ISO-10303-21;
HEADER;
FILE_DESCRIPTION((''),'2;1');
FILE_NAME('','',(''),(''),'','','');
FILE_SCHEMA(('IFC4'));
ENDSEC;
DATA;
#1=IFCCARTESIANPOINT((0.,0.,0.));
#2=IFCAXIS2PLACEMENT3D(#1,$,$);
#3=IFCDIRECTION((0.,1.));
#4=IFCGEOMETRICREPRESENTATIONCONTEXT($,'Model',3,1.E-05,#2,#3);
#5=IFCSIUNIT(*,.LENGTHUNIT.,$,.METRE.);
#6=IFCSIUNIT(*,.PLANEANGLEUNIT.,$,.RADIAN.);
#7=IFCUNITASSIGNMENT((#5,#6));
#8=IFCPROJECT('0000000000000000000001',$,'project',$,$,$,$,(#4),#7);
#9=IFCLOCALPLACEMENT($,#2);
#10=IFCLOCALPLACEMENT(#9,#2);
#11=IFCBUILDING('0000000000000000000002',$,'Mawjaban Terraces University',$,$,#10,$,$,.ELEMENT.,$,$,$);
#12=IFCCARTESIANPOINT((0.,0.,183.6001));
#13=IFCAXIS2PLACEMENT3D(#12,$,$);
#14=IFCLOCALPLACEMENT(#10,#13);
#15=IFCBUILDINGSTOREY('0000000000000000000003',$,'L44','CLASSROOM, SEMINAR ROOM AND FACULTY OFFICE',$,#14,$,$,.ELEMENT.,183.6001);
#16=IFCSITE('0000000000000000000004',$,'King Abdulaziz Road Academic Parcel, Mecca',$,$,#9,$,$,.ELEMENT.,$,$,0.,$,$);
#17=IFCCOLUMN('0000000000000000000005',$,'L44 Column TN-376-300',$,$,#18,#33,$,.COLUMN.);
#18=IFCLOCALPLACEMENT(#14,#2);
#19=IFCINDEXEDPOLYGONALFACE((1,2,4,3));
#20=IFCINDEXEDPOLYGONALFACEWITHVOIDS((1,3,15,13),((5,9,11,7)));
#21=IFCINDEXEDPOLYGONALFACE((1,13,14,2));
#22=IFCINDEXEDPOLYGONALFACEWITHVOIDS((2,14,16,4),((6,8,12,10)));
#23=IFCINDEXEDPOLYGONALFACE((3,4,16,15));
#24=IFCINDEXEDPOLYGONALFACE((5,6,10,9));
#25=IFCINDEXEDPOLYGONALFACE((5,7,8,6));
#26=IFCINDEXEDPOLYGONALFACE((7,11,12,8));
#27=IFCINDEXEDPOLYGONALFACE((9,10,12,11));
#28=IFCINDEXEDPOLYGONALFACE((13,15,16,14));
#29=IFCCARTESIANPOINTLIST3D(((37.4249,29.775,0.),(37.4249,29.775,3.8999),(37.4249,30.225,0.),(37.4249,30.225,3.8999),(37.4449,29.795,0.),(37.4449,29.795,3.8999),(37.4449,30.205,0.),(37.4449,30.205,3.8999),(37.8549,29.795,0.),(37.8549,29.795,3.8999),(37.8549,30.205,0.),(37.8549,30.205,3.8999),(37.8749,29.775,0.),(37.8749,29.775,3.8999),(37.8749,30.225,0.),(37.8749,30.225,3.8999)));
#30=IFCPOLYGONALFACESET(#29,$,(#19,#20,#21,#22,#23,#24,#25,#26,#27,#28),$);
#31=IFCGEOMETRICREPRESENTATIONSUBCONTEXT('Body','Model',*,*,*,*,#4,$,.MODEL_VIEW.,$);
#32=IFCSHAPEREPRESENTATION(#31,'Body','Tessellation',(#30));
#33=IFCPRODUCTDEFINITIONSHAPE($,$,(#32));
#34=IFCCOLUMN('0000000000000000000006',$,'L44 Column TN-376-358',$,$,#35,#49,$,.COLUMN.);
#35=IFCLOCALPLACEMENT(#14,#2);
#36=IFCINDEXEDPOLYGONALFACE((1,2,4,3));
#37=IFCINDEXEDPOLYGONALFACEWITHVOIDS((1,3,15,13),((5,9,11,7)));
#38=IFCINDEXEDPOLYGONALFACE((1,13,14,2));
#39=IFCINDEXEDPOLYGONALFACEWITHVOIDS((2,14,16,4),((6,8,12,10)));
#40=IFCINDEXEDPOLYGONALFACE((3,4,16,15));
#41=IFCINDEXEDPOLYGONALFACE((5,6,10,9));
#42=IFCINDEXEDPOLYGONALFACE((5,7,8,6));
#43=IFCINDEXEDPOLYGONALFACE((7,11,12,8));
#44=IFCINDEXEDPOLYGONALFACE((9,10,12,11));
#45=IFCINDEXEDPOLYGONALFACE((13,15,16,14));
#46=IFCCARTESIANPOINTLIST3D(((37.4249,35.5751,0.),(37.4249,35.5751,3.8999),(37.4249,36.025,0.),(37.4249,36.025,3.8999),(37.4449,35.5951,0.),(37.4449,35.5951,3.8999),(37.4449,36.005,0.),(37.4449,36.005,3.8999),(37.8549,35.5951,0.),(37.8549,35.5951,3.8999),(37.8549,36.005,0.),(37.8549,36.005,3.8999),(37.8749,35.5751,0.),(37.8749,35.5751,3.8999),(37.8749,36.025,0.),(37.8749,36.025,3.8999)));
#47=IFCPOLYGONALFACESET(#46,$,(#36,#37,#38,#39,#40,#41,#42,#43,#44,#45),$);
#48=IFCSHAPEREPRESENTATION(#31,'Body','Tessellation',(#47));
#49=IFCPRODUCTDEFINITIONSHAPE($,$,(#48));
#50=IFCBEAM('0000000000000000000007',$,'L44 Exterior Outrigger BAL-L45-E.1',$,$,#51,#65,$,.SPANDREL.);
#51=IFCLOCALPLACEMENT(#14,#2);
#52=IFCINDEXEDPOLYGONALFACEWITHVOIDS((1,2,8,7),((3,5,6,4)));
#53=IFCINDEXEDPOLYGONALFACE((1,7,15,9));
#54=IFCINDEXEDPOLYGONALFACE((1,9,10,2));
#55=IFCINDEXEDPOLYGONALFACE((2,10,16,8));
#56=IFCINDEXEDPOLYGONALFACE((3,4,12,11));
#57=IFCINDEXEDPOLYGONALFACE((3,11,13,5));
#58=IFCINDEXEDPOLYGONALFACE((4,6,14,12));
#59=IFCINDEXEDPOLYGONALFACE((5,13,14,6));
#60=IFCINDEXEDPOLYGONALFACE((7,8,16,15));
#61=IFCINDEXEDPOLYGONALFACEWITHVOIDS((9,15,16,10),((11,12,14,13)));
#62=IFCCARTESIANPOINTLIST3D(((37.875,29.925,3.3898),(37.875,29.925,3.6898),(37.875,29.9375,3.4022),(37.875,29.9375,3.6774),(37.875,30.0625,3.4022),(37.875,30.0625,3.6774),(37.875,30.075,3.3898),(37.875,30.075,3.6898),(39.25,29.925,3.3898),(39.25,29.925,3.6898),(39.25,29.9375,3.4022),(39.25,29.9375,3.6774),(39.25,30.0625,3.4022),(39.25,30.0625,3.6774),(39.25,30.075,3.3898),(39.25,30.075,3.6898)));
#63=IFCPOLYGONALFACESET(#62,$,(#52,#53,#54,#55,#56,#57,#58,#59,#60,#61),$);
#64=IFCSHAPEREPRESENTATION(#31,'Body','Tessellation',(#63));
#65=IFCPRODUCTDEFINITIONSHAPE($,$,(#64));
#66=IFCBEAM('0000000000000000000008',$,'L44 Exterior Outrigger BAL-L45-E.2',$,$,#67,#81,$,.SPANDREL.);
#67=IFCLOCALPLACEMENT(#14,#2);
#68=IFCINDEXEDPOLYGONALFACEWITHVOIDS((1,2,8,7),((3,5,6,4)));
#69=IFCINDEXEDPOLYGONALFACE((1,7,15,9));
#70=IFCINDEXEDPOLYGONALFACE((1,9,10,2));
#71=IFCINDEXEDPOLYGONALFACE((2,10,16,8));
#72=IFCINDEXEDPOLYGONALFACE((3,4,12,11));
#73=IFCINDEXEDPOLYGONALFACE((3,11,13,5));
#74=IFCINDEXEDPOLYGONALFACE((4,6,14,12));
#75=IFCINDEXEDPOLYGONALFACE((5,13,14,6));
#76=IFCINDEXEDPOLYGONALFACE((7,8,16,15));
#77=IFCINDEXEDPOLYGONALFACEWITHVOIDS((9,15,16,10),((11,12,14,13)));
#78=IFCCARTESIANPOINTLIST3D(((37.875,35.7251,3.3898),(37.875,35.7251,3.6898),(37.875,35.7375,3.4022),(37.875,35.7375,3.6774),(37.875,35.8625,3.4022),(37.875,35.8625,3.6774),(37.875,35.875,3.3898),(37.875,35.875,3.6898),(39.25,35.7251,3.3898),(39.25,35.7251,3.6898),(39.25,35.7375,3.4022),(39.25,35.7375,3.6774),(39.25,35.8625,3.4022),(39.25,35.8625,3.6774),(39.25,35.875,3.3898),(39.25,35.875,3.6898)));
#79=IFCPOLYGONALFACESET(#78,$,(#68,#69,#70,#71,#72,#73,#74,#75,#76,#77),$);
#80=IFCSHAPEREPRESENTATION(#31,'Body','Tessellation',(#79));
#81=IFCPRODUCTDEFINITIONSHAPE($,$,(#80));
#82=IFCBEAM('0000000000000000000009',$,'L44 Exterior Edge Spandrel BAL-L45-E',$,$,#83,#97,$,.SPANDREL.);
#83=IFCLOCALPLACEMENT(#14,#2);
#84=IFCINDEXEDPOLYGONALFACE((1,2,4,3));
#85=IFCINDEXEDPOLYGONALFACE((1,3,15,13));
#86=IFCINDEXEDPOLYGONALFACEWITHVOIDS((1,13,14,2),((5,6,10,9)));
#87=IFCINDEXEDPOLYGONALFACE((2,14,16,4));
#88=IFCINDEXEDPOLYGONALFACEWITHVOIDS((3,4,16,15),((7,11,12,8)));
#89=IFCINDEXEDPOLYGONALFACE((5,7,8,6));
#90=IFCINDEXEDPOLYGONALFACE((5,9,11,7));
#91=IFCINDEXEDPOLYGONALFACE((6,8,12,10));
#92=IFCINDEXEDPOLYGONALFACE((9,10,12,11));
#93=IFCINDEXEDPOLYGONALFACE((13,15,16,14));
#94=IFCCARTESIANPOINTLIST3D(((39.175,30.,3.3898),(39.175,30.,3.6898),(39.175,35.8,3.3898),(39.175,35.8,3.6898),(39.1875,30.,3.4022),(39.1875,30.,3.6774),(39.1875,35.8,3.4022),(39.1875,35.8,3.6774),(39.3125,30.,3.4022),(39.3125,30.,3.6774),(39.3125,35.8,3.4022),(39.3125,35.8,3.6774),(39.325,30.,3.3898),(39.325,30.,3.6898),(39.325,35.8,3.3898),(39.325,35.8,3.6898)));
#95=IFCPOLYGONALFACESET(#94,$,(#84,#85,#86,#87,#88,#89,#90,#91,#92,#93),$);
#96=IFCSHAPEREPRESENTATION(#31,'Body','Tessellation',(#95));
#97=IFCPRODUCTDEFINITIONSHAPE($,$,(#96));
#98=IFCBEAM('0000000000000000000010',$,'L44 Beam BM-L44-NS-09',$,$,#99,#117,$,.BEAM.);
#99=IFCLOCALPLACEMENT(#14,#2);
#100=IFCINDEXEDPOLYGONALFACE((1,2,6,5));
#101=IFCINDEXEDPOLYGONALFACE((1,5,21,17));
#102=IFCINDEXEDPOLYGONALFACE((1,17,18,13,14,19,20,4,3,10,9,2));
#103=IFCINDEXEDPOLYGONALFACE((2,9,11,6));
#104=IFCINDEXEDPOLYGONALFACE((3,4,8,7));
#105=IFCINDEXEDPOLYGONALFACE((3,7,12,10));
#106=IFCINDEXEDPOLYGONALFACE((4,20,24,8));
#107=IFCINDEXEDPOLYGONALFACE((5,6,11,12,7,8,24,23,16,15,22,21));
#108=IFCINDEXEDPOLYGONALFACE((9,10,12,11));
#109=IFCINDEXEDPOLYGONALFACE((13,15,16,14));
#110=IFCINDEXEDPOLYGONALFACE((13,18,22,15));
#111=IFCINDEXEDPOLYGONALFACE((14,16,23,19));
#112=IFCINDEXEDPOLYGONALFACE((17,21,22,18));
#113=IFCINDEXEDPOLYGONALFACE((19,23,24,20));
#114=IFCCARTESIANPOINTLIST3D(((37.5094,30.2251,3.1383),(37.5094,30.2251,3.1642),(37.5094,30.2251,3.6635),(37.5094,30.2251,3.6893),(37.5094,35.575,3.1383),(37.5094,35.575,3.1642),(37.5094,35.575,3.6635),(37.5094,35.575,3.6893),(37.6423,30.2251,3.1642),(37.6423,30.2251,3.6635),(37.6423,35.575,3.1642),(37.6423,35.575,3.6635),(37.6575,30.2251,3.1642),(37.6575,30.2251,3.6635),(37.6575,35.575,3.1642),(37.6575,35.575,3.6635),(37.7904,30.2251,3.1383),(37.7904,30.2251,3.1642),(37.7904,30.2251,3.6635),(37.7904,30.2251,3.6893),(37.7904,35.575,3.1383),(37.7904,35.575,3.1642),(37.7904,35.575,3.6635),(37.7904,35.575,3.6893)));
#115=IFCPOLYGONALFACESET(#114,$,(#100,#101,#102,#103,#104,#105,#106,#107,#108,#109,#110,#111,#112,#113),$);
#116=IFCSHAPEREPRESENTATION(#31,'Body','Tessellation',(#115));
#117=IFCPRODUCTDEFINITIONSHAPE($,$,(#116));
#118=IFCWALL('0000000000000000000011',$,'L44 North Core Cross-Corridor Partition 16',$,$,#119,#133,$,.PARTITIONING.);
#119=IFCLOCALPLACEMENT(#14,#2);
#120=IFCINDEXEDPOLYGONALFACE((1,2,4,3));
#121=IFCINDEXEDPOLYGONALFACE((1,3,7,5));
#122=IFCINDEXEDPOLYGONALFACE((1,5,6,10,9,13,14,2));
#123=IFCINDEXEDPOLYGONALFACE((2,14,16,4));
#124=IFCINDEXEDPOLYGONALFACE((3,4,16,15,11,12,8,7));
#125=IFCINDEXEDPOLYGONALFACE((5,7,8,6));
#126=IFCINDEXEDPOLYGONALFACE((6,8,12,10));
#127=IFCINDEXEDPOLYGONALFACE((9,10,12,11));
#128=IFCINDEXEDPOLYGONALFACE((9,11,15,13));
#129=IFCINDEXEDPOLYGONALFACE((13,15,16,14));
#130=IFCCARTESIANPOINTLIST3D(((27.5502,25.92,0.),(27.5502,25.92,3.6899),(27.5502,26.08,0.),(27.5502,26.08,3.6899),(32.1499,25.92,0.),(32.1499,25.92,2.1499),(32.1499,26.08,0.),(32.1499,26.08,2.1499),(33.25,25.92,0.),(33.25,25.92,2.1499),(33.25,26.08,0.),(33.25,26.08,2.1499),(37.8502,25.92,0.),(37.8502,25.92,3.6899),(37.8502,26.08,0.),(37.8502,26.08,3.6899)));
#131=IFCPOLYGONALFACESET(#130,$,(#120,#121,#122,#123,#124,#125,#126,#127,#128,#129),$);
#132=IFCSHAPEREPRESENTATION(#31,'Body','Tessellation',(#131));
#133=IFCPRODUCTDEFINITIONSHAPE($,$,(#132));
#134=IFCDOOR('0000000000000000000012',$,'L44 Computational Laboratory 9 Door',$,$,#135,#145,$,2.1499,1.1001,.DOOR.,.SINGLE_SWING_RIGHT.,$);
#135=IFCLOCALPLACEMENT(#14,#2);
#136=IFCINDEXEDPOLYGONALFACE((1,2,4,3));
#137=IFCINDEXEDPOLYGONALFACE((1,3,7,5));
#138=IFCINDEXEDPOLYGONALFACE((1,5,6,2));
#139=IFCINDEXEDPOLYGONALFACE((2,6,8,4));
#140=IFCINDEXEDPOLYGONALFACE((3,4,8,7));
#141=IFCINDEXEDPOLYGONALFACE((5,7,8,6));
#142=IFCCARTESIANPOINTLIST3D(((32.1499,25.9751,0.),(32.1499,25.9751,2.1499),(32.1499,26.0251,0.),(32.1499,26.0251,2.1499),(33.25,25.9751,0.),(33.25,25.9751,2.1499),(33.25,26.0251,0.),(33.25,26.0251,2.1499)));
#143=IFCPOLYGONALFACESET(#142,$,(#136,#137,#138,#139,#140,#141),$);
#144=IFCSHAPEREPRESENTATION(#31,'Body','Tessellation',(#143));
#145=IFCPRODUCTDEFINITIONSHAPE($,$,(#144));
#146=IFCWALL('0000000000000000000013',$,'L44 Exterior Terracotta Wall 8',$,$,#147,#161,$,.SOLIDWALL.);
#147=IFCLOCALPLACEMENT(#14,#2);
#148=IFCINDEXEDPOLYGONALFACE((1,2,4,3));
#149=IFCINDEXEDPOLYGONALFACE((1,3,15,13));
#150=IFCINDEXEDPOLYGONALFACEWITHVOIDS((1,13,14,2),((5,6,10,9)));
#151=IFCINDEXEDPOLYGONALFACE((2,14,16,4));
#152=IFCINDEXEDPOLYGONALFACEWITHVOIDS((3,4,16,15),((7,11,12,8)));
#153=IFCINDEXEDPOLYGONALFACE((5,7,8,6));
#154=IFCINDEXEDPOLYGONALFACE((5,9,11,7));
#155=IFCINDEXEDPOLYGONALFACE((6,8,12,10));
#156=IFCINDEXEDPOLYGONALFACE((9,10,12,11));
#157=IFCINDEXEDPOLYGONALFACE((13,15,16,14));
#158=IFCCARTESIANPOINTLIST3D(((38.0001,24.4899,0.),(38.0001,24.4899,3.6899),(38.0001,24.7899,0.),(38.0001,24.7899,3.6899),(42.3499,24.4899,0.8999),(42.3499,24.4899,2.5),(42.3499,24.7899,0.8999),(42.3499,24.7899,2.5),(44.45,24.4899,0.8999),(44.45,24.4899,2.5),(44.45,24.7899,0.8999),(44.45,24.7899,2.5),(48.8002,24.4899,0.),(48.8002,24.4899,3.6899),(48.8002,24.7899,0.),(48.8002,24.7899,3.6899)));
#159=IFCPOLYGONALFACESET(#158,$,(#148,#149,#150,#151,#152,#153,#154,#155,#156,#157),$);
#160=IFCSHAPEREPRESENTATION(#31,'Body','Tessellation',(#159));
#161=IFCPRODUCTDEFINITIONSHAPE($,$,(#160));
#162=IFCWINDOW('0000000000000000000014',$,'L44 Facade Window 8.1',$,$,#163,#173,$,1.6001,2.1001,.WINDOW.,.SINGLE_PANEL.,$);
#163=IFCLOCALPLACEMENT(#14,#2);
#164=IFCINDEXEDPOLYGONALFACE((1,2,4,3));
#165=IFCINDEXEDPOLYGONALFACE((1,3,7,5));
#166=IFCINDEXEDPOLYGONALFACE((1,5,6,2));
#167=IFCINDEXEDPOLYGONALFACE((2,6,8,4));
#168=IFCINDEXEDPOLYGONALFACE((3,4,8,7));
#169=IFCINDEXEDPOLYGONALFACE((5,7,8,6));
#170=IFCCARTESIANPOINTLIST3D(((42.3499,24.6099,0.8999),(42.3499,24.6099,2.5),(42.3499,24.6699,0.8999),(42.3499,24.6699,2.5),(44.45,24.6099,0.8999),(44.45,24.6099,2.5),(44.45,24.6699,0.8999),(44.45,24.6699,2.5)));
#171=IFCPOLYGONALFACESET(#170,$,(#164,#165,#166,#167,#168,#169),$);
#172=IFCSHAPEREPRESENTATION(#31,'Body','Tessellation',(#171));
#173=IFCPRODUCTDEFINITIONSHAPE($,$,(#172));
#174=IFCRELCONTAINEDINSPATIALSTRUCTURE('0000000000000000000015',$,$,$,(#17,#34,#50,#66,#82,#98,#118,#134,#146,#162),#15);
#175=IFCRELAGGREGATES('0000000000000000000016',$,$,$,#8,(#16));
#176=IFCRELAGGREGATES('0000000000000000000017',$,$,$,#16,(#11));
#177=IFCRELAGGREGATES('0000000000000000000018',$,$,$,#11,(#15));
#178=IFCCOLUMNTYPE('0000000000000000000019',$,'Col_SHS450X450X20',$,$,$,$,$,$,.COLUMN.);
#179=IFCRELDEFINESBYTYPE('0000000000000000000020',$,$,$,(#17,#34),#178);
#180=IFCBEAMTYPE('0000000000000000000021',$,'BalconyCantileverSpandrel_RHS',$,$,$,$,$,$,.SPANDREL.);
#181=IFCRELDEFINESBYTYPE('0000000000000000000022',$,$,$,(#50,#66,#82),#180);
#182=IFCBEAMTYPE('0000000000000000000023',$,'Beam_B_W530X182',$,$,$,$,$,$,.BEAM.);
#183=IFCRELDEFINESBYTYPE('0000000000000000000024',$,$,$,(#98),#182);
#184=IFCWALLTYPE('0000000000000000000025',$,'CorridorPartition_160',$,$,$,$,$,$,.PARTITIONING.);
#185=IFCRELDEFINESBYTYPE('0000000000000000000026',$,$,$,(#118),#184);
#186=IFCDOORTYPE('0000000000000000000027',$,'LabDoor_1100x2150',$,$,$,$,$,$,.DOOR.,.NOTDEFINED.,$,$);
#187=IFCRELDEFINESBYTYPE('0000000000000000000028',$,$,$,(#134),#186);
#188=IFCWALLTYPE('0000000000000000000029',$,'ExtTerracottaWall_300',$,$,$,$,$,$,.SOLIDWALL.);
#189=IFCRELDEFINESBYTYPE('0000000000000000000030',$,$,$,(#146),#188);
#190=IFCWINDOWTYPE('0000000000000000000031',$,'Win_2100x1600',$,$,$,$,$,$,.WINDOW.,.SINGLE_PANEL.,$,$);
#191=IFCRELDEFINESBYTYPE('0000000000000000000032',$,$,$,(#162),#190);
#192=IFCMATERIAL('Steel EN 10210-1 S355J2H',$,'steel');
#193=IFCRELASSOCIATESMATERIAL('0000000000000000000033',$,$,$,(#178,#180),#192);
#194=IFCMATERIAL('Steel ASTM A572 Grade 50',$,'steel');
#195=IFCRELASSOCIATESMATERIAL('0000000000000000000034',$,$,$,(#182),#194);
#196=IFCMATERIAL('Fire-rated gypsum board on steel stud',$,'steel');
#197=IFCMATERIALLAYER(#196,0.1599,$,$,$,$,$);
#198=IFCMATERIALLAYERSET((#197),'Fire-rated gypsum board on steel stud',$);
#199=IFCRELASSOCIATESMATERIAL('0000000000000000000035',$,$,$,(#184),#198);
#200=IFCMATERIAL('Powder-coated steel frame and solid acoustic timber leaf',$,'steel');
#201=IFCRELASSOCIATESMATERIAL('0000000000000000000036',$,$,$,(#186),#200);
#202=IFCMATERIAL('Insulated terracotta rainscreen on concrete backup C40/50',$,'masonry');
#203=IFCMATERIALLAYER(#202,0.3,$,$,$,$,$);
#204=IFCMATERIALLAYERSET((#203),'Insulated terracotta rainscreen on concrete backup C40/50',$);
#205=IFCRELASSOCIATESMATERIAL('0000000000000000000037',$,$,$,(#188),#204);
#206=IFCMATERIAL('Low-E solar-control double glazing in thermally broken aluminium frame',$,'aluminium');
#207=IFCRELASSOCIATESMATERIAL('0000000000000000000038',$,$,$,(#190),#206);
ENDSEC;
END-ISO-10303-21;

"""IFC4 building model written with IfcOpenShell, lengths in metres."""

from ifc_helpers import new_model, si_unit, direction, frame, frame_2d, origin, origin_2d, place, context, subcontext, project, spatial, rectangle, hollow_rectangle, i_section, extrude, material, layer, layer_set, material_profile, profile_set, type_object, element, fill, save


model = new_model("IFC4")

# Units and contexts
model_context = context("Model", 3, precision=1e-05, world=origin(), true_north=direction((0.0, 1.0)))
body_context = subcontext(model_context, "Body", "Model", "MODEL_VIEW")
ifc_project = project(units=[si_unit("LENGTHUNIT", "METRE"), si_unit("PLANEANGLEUNIT", "RADIAN")], contexts=[model_context])

# Site, building, storey
site_placement = place(None, origin())
site = spatial("IfcSite", under=ifc_project, at=site_placement, Name="King Abdulaziz Road Academic Parcel, Mecca", CompositionType="ELEMENT", RefElevation=0.0)
building_placement = place(site_placement, origin())
building = spatial("IfcBuilding", under=site, at=building_placement, Name="Mawjaban Terraces University", CompositionType="ELEMENT")
storey_placement = place(building_placement, frame((0.0, 0.0, 183.6001)))
storey = spatial("IfcBuildingStorey", under=building, at=storey_placement, Name="L44", Description="CLASSROOM, SEMINAR ROOM AND FACULTY OFFICE", CompositionType="ELEMENT", Elevation=183.6001)

# Columns
ifc_material_1 = material(Name="Steel EN 10210-1 S355J2H", Category="steel")
ifc_material_profile_1 = material_profile(ifc_material_1, hollow_rectangle(XDim=0.45, YDim=0.45, WallThickness=0.02, at=origin_2d()), Name="SHS450X450X20")
ifc_profile_set_1 = profile_set([ifc_material_profile_1], Name="Steel EN 10210-1 S355J2H")
column_type = type_object("IfcColumnType", Name="Col_SHS450X450X20", PredefinedType="COLUMN", material=ifc_profile_set_1)
for number, where, z_axis, x_axis, name in (
    (1, (37.6499, 30.0, 0.0), (0.0, 0.0, 1.0), (1.0, 0.0, 0.0), "L44 Column TN-376-300"),
    (2, (37.6499, 35.8, 0.0), (0.0, 0.0, 1.0), (1.0, 0.0, 0.0), "L44 Column TN-376-358"),
):
    element("IfcColumn", number, at=place(storey_placement, frame(where, z_axis=z_axis, x_axis=x_axis)), inside=storey, type_object=column_type, Name=name, PredefinedType="COLUMN", context=body_context, shape_type="SweptSolid", body=[
        extrude(hollow_rectangle(XDim=0.45, YDim=0.45, WallThickness=0.02, at=origin_2d()), origin(), (0.0, 0.0, 1.0), 3.8999),
    ])

# Beams
ifc_material_profile_2 = material_profile(ifc_material_1, hollow_rectangle(XDim=0.1499, YDim=0.3, WallThickness=0.0125, at=origin_2d()), Name="RHS300X150X12.5")
ifc_profile_set_2 = profile_set([ifc_material_profile_2], Name="Steel EN 10210-1 S355J2H")
beam_type_1 = type_object("IfcBeamType", Name="BalconyCantileverSpandrel_RHS", PredefinedType="SPANDREL", material=ifc_profile_set_2)
for number, where, z_axis, x_axis, name in (
    (3, (37.875, 30.0, 3.5398), (1.0, 0.0, 0.0), (0.0, 1.0, 0.0), "L44 Exterior Outrigger BAL-L45-E.1"),
    (4, (37.875, 35.8, 3.5398), (1.0, 0.0, 0.0), (0.0, 1.0, 0.0), "L44 Exterior Outrigger BAL-L45-E.2"),
):
    element("IfcBeam", number, at=place(storey_placement, frame(where, z_axis=z_axis, x_axis=x_axis)), inside=storey, type_object=beam_type_1, Name=name, PredefinedType="SPANDREL", context=body_context, shape_type="SweptSolid", body=[
        extrude(hollow_rectangle(XDim=0.1499, YDim=0.3, WallThickness=0.0125, at=origin_2d()), origin(), (0.0, 0.0, 1.0), 1.375),
    ])
beam_1_placement = place(storey_placement, frame((39.25, 30.0, 3.5398), z_axis=(0.0, 1.0, 0.0), x_axis=(-1.0, 0.0, 0.0)))
element("IfcBeam", 5, at=beam_1_placement, inside=storey, type_object=beam_type_1, Name="L44 Exterior Edge Spandrel BAL-L45-E", PredefinedType="SPANDREL", context=body_context, shape_type="SweptSolid", body=[
    extrude(hollow_rectangle(XDim=0.1499, YDim=0.3, WallThickness=0.0125, at=origin_2d()), origin(), (0.0, 0.0, 1.0), 5.8),
])
ifc_material_2 = material(Name="Steel ASTM A572 Grade 50", Category="steel")
ifc_material_profile_3 = material_profile(ifc_material_2, i_section(OverallWidth=0.281, OverallDepth=0.551, WebThickness=0.0151, FlangeThickness=0.0259, at=origin_2d()), Name="W530X182")
ifc_profile_set_3 = profile_set([ifc_material_profile_3], Name="Steel ASTM A572 Grade 50")
beam_type_2 = type_object("IfcBeamType", Name="Beam_B_W530X182", PredefinedType="BEAM", material=ifc_profile_set_3)
beam_2_placement = place(storey_placement, frame((37.6499, 30.2251, 3.4138), z_axis=(0.0, 1.0, 0.0), x_axis=(-1.0, 0.0, 0.0)))
element("IfcBeam", 6, at=beam_2_placement, inside=storey, type_object=beam_type_2, Name="L44 Beam BM-L44-NS-09", PredefinedType="BEAM", context=body_context, shape_type="SweptSolid", body=[
    extrude(i_section(OverallWidth=0.281, OverallDepth=0.551, WebThickness=0.0151, FlangeThickness=0.0259, at=origin_2d()), origin(), (0.0, 0.0, 1.0), 5.3499),
])

# Wall, opening, door
ifc_material_3 = material(Name="Fire-rated gypsum board on steel stud", Category="steel")
ifc_layer_1 = layer(ifc_material_3, 0.1599)
ifc_layer_set_1 = layer_set([ifc_layer_1], Name="Fire-rated gypsum board on steel stud")
wall_type_1 = type_object("IfcWallType", Name="CorridorPartition_160", PredefinedType="PARTITIONING", material=ifc_layer_set_1)
wall_1_placement = place(storey_placement, frame((37.8501, 26.0, 0.0), z_axis=(0.0, 0.0, 1.0), x_axis=(-1.0, 0.0, 0.0)))
wall_1 = element("IfcWall", 7, at=wall_1_placement, inside=storey, type_object=wall_type_1, Name="L44 North Core Cross-Corridor Partition 16", PredefinedType="PARTITIONING", context=body_context, shape_type="SweptSolid", body=[
    extrude(rectangle(XDim=10.3, YDim=0.1599, at=frame_2d((5.1499, 0.0))), origin(), (0.0, 0.0, 1.0), 3.6899),
])
opening_1_placement = place(wall_1_placement, frame((4.6001, 0.0, 0.0)))
opening_1 = element("IfcOpeningElement", 8, at=opening_1_placement, cuts=wall_1, PredefinedType="OPENING", context=body_context, shape_type="SweptSolid", body=[
    extrude(rectangle(XDim=1.1001, YDim=2.1499, at=frame_2d((0.55, 1.075))), frame((0.0, 0.0898, 0.0), z_axis=(0.0, -1.0, 0.0), x_axis=(1.0, 0.0, 0.0)), (0.0, 0.0, 1.0), 0.1799),
])
ifc_material_4 = material(Name="Powder-coated steel frame and solid acoustic timber leaf", Category="steel")
door_type = type_object("IfcDoorType", Name="LabDoor_1100x2150", OperationType="NOTDEFINED", PredefinedType="DOOR", material=ifc_material_4)
door_placement = place(opening_1_placement, origin())
door = element("IfcDoor", 9, at=door_placement, inside=storey, type_object=door_type, Name="L44 Computational Laboratory 9 Door", OperationType="SINGLE_SWING_RIGHT", OverallHeight=2.1499, OverallWidth=1.1001, PredefinedType="DOOR", context=body_context, shape_type="SweptSolid", body=[
    extrude(rectangle(XDim=1.1001, YDim=2.1499, at=frame_2d((0.55, 1.075))), frame((0.0, 0.0249, 0.0), z_axis=(0.0, -1.0, 0.0), x_axis=(1.0, 0.0, 0.0)), (0.0, 0.0, 1.0), 0.05),
])
fill(opening_1, door)

# Wall, opening, window
ifc_material_5 = material(Name="Insulated terracotta rainscreen on concrete backup C40/50", Category="masonry")
ifc_layer_2 = layer(ifc_material_5, 0.3)
ifc_layer_set_2 = layer_set([ifc_layer_2], Name="Insulated terracotta rainscreen on concrete backup C40/50")
wall_type_2 = type_object("IfcWallType", Name="ExtTerracottaWall_300", PredefinedType="SOLIDWALL", material=ifc_layer_set_2)
wall_2_placement = place(storey_placement, frame((48.8, 24.6399, 0.0), z_axis=(0.0, 0.0, 1.0), x_axis=(-1.0, 0.0, 0.0)))
wall_2 = element("IfcWall", 10, at=wall_2_placement, inside=storey, type_object=wall_type_2, Name="L44 Exterior Terracotta Wall 8", PredefinedType="SOLIDWALL", context=body_context, shape_type="SweptSolid", body=[
    extrude(rectangle(XDim=10.8, YDim=0.3, at=frame_2d((5.3999, 0.0))), origin(), (0.0, 0.0, 1.0), 3.6899),
])
opening_2_placement = place(wall_2_placement, frame((4.3501, 0.0, 0.8999)))
opening_2 = element("IfcOpeningElement", 11, at=opening_2_placement, cuts=wall_2, PredefinedType="OPENING", context=body_context, shape_type="SweptSolid", body=[
    extrude(rectangle(XDim=2.1001, YDim=1.6001, at=frame_2d((1.05, 0.8))), frame((0.0, 0.1599, 0.0), z_axis=(0.0, -1.0, 0.0), x_axis=(1.0, 0.0, 0.0)), (0.0, 0.0, 1.0), 0.3201),
])
ifc_material_6 = material(Name="Low-E solar-control double glazing in thermally broken aluminium frame", Category="aluminium")
window_type = type_object("IfcWindowType", Name="Win_2100x1600", PartitioningType="SINGLE_PANEL", PredefinedType="WINDOW", material=ifc_material_6)
window_placement = place(opening_2_placement, origin())
window = element("IfcWindow", 12, at=window_placement, inside=storey, type_object=window_type, Name="L44 Facade Window 8.1", OverallHeight=1.6001, OverallWidth=2.1001, PartitioningType="SINGLE_PANEL", PredefinedType="WINDOW", context=body_context, shape_type="SweptSolid", body=[
    extrude(rectangle(XDim=2.1001, YDim=1.6001, at=frame_2d((1.05, 0.8))), frame((0.0, 0.03, 0.0), z_axis=(0.0, -1.0, 0.0), x_axis=(1.0, 0.0, 0.0)), (0.0, 0.0, 1.0), 0.0601),
])
fill(opening_2, window)

save(model, "model.ifc")
